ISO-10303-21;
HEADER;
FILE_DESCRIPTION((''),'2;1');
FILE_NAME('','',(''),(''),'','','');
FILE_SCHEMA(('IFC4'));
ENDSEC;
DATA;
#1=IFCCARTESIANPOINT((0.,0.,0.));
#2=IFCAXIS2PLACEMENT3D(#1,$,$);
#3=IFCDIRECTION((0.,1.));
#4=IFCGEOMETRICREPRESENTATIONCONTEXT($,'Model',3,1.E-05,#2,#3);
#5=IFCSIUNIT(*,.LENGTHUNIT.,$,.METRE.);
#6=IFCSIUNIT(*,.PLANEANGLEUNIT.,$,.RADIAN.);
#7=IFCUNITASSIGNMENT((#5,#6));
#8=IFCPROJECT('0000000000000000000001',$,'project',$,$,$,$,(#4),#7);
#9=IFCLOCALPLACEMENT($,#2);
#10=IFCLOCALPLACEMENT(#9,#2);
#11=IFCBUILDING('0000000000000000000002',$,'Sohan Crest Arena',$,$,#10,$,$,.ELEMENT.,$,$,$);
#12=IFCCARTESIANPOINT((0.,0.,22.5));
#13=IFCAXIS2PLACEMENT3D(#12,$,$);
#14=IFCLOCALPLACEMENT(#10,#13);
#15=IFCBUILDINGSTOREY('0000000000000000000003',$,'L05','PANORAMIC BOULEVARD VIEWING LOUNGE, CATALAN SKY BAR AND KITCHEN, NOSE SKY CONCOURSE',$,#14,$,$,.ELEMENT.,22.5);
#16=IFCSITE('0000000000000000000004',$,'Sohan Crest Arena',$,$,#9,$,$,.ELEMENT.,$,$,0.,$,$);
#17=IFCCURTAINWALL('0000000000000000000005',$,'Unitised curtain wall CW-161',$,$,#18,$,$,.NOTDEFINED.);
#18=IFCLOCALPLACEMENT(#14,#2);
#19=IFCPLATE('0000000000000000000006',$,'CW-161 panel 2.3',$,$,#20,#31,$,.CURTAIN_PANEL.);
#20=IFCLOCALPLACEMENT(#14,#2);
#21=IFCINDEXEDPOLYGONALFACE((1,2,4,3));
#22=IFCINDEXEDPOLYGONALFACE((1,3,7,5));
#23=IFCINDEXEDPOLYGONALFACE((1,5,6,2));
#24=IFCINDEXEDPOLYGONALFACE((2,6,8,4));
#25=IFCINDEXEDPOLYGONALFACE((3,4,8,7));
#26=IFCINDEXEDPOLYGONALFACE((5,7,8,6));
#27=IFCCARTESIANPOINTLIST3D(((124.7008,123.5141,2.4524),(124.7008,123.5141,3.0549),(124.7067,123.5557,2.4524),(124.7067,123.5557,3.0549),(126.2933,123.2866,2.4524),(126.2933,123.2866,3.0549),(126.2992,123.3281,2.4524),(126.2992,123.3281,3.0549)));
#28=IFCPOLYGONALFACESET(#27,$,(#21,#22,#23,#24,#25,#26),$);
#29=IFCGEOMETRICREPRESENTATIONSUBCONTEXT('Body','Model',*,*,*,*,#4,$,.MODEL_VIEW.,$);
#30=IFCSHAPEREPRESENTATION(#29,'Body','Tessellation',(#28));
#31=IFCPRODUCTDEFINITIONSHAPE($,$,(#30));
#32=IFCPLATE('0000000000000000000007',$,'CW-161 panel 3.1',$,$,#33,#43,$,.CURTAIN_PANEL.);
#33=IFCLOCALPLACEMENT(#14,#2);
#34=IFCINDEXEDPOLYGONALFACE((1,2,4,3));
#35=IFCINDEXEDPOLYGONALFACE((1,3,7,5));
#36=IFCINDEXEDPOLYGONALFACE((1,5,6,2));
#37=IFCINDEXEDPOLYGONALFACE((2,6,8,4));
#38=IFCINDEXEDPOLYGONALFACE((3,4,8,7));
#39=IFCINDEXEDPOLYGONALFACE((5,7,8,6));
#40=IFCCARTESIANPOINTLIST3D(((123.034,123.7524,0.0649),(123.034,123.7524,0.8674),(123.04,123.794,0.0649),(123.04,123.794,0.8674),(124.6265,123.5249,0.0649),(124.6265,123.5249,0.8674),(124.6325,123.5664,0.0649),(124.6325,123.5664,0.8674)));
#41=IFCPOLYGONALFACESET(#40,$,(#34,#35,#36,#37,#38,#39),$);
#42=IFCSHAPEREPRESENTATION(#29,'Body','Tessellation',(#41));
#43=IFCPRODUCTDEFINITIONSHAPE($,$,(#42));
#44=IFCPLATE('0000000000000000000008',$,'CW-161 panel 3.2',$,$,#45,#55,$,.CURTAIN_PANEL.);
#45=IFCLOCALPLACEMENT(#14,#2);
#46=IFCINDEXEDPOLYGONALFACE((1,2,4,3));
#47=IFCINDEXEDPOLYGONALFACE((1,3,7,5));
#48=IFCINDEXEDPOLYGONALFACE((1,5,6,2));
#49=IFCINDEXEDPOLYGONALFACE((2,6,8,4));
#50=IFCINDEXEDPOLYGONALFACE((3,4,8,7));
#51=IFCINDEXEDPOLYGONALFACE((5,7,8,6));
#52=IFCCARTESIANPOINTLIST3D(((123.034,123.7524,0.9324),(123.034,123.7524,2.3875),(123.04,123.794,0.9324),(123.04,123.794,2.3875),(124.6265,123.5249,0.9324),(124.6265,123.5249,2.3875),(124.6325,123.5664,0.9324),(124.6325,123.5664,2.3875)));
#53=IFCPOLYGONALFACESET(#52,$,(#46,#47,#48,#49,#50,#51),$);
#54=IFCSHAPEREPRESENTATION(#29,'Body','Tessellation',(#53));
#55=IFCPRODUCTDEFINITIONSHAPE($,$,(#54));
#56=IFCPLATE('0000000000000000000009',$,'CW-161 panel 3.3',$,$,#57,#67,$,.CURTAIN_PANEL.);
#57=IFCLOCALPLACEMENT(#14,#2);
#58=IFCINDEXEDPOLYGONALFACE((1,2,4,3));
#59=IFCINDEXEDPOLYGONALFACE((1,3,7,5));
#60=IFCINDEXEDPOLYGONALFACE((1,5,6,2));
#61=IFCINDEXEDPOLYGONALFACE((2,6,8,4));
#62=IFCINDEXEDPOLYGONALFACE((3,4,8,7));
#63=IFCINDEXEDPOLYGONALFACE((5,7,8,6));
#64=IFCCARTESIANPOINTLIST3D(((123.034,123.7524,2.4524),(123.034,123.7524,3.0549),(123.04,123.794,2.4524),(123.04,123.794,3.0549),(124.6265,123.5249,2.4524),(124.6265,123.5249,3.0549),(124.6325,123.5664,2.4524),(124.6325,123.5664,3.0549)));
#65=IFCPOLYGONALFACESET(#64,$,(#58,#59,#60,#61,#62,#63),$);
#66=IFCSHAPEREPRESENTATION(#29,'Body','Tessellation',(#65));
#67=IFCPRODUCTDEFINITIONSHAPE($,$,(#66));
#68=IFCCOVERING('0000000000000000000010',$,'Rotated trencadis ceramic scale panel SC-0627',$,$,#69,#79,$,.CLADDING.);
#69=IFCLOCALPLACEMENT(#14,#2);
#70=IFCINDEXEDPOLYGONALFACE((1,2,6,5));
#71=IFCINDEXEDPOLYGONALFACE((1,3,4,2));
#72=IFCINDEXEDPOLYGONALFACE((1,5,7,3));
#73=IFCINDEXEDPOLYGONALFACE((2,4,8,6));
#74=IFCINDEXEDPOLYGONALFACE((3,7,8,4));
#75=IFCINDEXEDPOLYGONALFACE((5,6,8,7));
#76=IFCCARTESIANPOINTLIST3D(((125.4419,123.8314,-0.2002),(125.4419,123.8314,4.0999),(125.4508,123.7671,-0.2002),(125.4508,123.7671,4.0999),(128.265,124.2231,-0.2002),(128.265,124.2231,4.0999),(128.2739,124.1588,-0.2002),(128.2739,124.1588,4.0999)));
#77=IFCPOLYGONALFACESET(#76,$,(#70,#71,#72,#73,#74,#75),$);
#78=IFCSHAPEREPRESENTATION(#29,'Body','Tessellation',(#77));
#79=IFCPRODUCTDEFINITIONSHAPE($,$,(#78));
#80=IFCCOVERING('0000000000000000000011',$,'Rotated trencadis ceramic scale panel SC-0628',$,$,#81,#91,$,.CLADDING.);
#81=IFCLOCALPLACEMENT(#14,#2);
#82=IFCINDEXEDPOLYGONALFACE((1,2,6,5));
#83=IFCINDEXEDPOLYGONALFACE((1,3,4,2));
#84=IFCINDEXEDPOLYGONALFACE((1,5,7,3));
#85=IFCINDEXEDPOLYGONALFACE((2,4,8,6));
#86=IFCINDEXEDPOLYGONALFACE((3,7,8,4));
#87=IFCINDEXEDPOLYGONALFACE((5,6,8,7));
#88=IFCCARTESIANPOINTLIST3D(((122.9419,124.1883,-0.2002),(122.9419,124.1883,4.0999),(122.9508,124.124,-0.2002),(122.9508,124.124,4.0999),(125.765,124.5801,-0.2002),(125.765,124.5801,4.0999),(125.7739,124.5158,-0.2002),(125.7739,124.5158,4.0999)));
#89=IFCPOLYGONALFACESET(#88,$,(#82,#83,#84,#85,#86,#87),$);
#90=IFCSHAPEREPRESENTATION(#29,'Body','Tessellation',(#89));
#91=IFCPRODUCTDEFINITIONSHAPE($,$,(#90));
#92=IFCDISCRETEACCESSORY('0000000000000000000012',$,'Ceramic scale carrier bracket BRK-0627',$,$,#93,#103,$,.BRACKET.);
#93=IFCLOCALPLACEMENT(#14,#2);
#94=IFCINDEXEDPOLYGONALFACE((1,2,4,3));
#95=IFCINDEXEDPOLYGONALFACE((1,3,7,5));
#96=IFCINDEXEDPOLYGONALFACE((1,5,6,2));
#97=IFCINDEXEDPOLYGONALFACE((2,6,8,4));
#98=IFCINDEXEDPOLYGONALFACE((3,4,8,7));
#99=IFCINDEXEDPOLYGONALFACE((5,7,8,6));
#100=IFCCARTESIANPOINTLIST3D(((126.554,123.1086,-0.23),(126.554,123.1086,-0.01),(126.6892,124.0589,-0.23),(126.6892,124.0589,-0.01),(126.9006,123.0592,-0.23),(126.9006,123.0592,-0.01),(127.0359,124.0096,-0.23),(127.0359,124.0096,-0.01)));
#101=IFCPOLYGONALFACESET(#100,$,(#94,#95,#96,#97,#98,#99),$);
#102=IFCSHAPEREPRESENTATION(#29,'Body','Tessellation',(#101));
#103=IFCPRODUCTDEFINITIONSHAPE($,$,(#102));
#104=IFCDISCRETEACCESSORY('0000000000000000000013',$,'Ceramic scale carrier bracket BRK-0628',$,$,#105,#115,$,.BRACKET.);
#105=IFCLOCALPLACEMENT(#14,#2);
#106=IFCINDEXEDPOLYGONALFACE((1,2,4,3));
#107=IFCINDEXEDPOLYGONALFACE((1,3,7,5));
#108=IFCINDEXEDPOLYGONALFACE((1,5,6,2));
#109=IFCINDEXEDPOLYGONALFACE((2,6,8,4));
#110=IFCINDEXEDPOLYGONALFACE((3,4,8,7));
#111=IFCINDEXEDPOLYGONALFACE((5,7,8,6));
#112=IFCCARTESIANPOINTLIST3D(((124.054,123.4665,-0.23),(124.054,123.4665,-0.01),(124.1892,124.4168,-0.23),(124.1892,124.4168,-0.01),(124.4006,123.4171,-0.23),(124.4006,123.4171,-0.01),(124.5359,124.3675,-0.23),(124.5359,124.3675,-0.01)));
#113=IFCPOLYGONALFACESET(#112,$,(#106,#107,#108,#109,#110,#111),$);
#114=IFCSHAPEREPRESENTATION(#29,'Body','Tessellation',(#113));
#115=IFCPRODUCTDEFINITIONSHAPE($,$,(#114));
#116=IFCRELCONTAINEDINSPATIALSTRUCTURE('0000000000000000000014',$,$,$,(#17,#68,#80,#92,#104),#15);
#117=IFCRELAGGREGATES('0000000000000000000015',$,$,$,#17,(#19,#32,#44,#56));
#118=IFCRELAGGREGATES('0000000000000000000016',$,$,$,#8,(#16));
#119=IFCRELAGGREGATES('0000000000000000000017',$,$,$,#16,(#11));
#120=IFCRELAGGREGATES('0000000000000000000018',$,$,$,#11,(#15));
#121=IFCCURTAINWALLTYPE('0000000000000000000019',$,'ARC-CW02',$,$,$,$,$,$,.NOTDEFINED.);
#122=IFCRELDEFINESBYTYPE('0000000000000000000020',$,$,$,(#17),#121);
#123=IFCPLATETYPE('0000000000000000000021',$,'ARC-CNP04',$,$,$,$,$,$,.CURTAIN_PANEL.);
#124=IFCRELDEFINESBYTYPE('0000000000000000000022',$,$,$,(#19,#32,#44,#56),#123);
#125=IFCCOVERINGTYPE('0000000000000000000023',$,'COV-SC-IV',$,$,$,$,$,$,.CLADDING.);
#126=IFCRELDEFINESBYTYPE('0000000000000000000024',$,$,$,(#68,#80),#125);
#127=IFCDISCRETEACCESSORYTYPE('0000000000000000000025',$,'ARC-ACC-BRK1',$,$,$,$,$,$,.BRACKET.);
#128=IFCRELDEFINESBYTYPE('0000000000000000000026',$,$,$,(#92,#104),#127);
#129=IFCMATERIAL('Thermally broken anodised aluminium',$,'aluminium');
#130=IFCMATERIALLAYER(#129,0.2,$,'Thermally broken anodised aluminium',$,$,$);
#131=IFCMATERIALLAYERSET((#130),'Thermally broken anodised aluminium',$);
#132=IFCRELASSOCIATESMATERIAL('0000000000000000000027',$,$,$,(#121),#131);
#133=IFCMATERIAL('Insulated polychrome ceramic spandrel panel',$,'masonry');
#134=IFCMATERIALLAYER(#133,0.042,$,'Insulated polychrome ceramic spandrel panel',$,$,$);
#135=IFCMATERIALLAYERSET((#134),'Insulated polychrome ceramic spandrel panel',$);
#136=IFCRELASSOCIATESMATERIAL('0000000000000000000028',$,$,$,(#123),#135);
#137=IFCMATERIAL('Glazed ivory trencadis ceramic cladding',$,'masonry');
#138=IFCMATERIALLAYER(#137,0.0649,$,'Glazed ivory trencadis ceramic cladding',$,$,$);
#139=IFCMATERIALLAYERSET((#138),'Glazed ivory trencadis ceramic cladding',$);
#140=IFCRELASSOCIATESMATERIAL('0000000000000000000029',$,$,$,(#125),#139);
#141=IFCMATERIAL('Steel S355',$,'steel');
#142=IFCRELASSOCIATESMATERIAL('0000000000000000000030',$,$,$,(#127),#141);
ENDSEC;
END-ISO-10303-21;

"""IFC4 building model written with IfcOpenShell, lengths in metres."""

from ifc_helpers import new_model, si_unit, direction, frame, origin, origin_2d, place, context, subcontext, project, spatial, rectangle, extrude, material, layer, layer_set, type_object, element, aggregate, save


model = new_model("IFC4")

# Units and contexts
model_context = context("Model", 3, precision=1e-05, world=origin(), true_north=direction((0.0, 1.0)))
body_context = subcontext(model_context, "Body", "Model", "MODEL_VIEW")
ifc_project = project(units=[si_unit("LENGTHUNIT", "METRE"), si_unit("PLANEANGLEUNIT", "RADIAN")], contexts=[model_context])

# Site, building, storey
site_placement = place(None, origin())
site = spatial("IfcSite", under=ifc_project, at=site_placement, Name="Sohan Crest Arena", CompositionType="ELEMENT", RefElevation=0.0)
building_placement = place(site_placement, origin())
building = spatial("IfcBuilding", under=site, at=building_placement, Name="Sohan Crest Arena", CompositionType="ELEMENT")
storey_placement = place(building_placement, frame((0.0, 0.0, 22.5)))
storey = spatial("IfcBuildingStorey", under=building, at=storey_placement, Name="L05", Description="PANORAMIC BOULEVARD VIEWING LOUNGE, CATALAN SKY BAR AND KITCHEN, NOSE SKY CONCOURSE", CompositionType="ELEMENT", Elevation=22.5)

# Curtain wall, plates
ifc_material_1 = material(Name="Thermally broken anodised aluminium", Category="aluminium")
ifc_layer_1 = layer(ifc_material_1, 0.2, Name="Thermally broken anodised aluminium")
ifc_layer_set_1 = layer_set([ifc_layer_1], Name="Thermally broken anodised aluminium")
curtain_wall_type = type_object("IfcCurtainWallType", Name="ARC-CW02", PredefinedType="NOTDEFINED", material=ifc_layer_set_1)
curtain_wall_placement = place(storey_placement, origin())
curtain_wall = element("IfcCurtainWall", 1, at=curtain_wall_placement, inside=storey, type_object=curtain_wall_type, Name="Unitised curtain wall CW-161", PredefinedType="NOTDEFINED")
ifc_material_2 = material(Name="Insulated polychrome ceramic spandrel panel", Category="masonry")
ifc_layer_2 = layer(ifc_material_2, 0.042, Name="Insulated polychrome ceramic spandrel panel")
ifc_layer_set_2 = layer_set([ifc_layer_2], Name="Insulated polychrome ceramic spandrel panel")
plate_type = type_object("IfcPlateType", Name="ARC-CNP04", PredefinedType="CURTAIN_PANEL", material=ifc_layer_set_2)
plate_1_placement = place(storey_placement, frame((125.5, 123.4211, 2.4524), z_axis=(0.0, 0.0, 1.0), x_axis=(-0.989944, 0.141463, 0.0)))
plate_1 = element("IfcPlate", 2, at=plate_1_placement, type_object=plate_type, Name="CW-161 panel 2.3", PredefinedType="CURTAIN_PANEL", context=body_context, shape_type="SweptSolid", body=[
    extrude(rectangle(XDim=1.6086, YDim=0.042, at=origin_2d()), origin(), (0.0, 0.0, 1.0), 0.6025),
])
plate_2_placement = place(storey_placement, frame((123.8333, 123.6594, 0.0649), z_axis=(0.0, 0.0, 1.0), x_axis=(-0.989944, 0.141463, 0.0)))
plate_2 = element("IfcPlate", 3, at=plate_2_placement, type_object=plate_type, Name="CW-161 panel 3.1", PredefinedType="CURTAIN_PANEL", context=body_context, shape_type="SweptSolid", body=[
    extrude(rectangle(XDim=1.6086, YDim=0.042, at=origin_2d()), origin(), (0.0, 0.0, 1.0), 0.8025),
])
plate_3_placement = place(storey_placement, frame((123.8333, 123.6594, 0.9324), z_axis=(0.0, 0.0, 1.0), x_axis=(-0.989944, 0.141463, 0.0)))
plate_3 = element("IfcPlate", 4, at=plate_3_placement, type_object=plate_type, Name="CW-161 panel 3.2", PredefinedType="CURTAIN_PANEL", context=body_context, shape_type="SweptSolid", body=[
    extrude(rectangle(XDim=1.6086, YDim=0.042, at=origin_2d()), origin(), (0.0, 0.0, 1.0), 1.4551),
])
plate_4_placement = place(storey_placement, frame((123.8333, 123.6594, 2.4524), z_axis=(0.0, 0.0, 1.0), x_axis=(-0.989944, 0.141463, 0.0)))
plate_4 = element("IfcPlate", 5, at=plate_4_placement, type_object=plate_type, Name="CW-161 panel 3.3", PredefinedType="CURTAIN_PANEL", context=body_context, shape_type="SweptSolid", body=[
    extrude(rectangle(XDim=1.6086, YDim=0.042, at=origin_2d()), origin(), (0.0, 0.0, 1.0), 0.6025),
])
aggregate(curtain_wall, [plate_1, plate_2, plate_3, plate_4])

# Coverings
ifc_material_3 = material(Name="Glazed ivory trencadis ceramic cladding", Category="masonry")
ifc_layer_3 = layer(ifc_material_3, 0.0649, Name="Glazed ivory trencadis ceramic cladding")
ifc_layer_set_3 = layer_set([ifc_layer_3], Name="Glazed ivory trencadis ceramic cladding")
covering_type = type_object("IfcCoveringType", Name="COV-SC-IV", PredefinedType="CLADDING", material=ifc_layer_set_3)
for number, where, z_axis, x_axis, name in (
    (6, (126.8579, 123.9951, -0.2002), (0.0, 0.0, 1.0), (-0.990509, -0.137445, 0.0), "Rotated trencadis ceramic scale panel SC-0627"),
    (7, (124.3579, 124.3521, -0.2002), (0.0, 0.0, 1.0), (-0.990509, -0.137445, 0.0), "Rotated trencadis ceramic scale panel SC-0628"),
):
    element("IfcCovering", number, at=place(storey_placement, frame(where, z_axis=z_axis, x_axis=x_axis)), inside=storey, type_object=covering_type, Name=name, PredefinedType="CLADDING", context=body_context, shape_type="SweptSolid", body=[
        extrude(rectangle(XDim=2.8501, YDim=0.0649, at=origin_2d()), origin(), (0.0, 0.0, 1.0), 4.3),
    ])

# Discrete accessories
ifc_material_4 = material(Name="Steel S355", Category="steel")
discrete_accessory_type = type_object("IfcDiscreteAccessoryType", Name="ARC-ACC-BRK1", PredefinedType="BRACKET", material=ifc_material_4)
for number, where, z_axis, x_axis, name in (
    (8, (126.7949, 123.5591, -0.23), (0.0, 0.0, 1.0), (-0.990024, 0.140901, 0.0), "Ceramic scale carrier bracket BRK-0627"),
    (9, (124.2949, 123.917, -0.23), (0.0, 0.0, 1.0), (-0.990024, 0.140901, 0.0), "Ceramic scale carrier bracket BRK-0628"),
):
    element("IfcDiscreteAccessory", number, at=place(storey_placement, frame(where, z_axis=z_axis, x_axis=x_axis)), inside=storey, type_object=discrete_accessory_type, Name=name, PredefinedType="BRACKET", context=body_context, shape_type="SweptSolid", body=[
        extrude(rectangle(XDim=0.3501, YDim=0.96, at=origin_2d()), origin(), (0.0, 0.0, 1.0), 0.22),
    ])

save(model, "model.ifc")
